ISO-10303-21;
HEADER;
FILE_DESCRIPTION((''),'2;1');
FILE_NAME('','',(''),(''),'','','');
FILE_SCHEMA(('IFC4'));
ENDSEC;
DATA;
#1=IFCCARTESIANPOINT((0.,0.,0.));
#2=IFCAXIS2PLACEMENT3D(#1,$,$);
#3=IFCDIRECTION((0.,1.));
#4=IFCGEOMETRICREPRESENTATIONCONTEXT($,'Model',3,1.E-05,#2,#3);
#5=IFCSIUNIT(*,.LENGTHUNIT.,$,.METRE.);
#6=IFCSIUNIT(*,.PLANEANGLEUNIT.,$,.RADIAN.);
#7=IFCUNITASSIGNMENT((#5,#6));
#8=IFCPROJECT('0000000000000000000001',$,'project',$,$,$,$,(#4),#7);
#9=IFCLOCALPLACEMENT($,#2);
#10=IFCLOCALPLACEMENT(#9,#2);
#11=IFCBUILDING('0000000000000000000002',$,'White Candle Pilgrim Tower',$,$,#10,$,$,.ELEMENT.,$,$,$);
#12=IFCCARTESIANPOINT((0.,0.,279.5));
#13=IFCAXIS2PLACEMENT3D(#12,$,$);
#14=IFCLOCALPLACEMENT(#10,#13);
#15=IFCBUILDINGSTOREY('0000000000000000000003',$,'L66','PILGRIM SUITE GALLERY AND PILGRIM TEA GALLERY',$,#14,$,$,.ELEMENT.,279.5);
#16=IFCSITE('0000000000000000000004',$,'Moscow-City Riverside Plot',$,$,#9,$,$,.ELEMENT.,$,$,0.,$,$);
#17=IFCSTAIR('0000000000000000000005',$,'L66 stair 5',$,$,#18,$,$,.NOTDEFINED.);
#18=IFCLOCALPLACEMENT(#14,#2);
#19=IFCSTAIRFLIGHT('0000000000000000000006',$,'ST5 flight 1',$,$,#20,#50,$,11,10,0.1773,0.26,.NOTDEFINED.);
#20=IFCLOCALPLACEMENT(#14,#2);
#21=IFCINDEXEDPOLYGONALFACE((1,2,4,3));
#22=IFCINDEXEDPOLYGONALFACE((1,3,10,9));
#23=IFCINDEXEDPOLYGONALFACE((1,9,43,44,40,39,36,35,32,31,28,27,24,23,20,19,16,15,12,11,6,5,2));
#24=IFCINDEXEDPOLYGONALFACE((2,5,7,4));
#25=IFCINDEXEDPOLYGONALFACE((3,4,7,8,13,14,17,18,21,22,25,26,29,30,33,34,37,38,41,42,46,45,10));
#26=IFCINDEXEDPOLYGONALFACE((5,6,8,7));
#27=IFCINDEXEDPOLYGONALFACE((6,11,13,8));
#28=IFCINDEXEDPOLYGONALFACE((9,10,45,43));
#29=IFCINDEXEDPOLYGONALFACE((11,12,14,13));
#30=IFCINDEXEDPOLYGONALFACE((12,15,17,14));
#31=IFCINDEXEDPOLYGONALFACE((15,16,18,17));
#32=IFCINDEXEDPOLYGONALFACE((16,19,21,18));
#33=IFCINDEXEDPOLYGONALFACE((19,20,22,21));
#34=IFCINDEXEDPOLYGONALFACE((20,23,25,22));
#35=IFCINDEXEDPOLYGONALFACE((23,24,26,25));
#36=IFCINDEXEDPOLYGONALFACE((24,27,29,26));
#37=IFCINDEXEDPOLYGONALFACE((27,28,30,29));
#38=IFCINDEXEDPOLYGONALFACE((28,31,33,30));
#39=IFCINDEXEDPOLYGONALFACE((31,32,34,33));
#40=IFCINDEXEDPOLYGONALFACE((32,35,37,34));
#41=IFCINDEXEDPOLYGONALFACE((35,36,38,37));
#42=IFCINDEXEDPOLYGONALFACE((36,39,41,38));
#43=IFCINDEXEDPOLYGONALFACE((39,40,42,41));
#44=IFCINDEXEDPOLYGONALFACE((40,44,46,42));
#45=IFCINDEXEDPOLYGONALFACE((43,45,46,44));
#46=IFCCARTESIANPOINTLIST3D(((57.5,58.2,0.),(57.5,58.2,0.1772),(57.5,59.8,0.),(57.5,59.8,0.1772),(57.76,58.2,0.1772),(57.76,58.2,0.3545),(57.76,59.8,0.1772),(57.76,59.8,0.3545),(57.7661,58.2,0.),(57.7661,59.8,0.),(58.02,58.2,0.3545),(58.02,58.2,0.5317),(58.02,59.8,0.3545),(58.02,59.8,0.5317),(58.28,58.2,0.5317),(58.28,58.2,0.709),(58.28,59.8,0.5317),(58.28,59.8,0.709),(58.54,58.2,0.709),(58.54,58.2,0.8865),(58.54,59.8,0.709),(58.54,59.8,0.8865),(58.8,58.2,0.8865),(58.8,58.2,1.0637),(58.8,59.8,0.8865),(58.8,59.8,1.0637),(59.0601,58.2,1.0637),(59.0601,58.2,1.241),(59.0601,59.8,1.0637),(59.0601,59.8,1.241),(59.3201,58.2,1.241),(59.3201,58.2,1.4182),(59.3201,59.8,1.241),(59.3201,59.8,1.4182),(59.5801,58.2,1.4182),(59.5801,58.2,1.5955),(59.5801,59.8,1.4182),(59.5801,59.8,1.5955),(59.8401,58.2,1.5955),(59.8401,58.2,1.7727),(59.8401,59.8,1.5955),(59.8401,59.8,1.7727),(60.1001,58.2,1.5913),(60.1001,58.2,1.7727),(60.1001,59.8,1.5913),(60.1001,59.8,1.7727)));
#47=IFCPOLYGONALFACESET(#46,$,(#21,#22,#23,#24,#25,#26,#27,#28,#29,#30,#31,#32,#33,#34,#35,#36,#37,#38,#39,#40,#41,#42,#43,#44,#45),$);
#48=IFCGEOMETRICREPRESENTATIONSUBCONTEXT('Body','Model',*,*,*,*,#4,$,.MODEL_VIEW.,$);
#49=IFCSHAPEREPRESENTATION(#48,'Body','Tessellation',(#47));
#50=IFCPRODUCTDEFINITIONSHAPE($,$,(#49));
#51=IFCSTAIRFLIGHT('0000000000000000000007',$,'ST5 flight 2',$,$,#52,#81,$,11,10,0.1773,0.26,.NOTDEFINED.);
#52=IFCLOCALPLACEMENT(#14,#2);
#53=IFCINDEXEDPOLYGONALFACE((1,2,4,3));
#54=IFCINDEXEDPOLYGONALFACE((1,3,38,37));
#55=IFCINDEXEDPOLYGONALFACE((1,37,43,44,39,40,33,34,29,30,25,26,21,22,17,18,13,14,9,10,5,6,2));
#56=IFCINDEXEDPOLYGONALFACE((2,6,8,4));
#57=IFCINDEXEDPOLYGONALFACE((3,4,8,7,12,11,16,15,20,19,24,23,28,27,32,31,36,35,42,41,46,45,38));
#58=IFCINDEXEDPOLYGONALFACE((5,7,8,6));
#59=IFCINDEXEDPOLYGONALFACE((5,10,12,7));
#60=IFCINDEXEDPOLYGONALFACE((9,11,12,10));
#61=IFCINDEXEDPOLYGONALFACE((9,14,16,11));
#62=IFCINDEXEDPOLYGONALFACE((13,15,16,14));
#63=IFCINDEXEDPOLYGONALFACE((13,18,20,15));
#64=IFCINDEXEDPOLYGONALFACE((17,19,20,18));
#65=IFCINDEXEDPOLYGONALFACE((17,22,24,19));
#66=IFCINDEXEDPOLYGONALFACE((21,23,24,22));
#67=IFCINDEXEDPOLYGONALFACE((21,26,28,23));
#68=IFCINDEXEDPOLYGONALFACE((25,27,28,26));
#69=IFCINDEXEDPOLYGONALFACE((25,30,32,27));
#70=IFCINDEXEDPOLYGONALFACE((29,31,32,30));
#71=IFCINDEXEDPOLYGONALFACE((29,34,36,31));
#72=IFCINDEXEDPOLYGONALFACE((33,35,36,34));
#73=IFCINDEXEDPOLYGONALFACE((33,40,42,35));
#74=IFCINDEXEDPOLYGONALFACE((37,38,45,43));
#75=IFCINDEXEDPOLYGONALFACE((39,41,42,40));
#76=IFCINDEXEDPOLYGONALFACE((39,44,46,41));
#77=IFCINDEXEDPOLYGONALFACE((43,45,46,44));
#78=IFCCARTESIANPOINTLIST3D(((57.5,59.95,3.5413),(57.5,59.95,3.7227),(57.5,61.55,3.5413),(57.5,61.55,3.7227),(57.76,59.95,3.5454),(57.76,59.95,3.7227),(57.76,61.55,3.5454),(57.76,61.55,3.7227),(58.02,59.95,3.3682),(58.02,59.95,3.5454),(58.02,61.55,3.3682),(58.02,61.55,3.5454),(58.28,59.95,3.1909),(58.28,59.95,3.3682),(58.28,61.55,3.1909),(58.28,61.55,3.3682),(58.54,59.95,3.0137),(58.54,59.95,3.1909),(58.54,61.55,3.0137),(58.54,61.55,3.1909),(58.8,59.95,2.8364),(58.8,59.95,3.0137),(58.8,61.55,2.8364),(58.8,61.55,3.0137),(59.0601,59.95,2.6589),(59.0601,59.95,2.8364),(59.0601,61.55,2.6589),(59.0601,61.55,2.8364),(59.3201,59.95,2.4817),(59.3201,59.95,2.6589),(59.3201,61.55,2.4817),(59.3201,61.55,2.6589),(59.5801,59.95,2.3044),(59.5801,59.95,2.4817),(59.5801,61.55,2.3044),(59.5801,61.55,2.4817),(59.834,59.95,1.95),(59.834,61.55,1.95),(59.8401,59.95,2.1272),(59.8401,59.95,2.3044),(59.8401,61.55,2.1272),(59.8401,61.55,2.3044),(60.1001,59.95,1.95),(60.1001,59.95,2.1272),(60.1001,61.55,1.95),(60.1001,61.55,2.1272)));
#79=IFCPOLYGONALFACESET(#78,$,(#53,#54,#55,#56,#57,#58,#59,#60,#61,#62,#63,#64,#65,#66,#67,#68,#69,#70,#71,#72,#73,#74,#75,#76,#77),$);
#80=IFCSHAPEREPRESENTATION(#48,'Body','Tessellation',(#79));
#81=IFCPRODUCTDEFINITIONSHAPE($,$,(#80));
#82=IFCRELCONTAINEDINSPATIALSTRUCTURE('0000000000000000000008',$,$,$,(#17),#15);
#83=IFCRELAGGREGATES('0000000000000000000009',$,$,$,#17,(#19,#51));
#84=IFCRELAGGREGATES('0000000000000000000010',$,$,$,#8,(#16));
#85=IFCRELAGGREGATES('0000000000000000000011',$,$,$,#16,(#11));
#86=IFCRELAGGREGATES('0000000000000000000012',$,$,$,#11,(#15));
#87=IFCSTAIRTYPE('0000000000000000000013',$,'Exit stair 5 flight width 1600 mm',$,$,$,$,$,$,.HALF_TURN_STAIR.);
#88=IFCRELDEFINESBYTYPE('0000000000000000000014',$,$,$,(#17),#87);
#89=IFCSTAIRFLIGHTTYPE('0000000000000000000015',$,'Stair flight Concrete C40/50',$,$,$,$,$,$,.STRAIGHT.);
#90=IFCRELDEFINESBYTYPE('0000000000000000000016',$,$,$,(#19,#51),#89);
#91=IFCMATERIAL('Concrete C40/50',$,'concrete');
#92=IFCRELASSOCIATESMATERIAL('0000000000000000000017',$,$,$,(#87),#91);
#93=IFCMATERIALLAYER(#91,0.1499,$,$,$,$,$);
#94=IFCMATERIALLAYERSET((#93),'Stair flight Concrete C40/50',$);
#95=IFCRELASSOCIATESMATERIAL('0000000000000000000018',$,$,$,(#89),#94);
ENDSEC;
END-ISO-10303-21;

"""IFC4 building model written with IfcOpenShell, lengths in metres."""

from ifc_helpers import new_model, si_unit, direction, frame, origin, place, context, subcontext, project, spatial, polyline, outline, extrude, material, layer, layer_set, type_object, element, aggregate, save


model = new_model("IFC4")

# Units and contexts
model_context = context("Model", 3, precision=1e-05, world=origin(), true_north=direction((0.0, 1.0)))
body_context = subcontext(model_context, "Body", "Model", "MODEL_VIEW")
ifc_project = project(units=[si_unit("LENGTHUNIT", "METRE"), si_unit("PLANEANGLEUNIT", "RADIAN")], contexts=[model_context])

# Site, building, storey
site_placement = place(None, origin())
site = spatial("IfcSite", under=ifc_project, at=site_placement, Name="Moscow-City Riverside Plot", CompositionType="ELEMENT", RefElevation=0.0)
building_placement = place(site_placement, origin())
building = spatial("IfcBuilding", under=site, at=building_placement, Name="White Candle Pilgrim Tower", CompositionType="ELEMENT")
storey_placement = place(building_placement, frame((0.0, 0.0, 279.5)))
storey = spatial("IfcBuildingStorey", under=building, at=storey_placement, Name="L66", Description="PILGRIM SUITE GALLERY AND PILGRIM TEA GALLERY", CompositionType="ELEMENT", Elevation=279.5)

# Stair, stair flights
ifc_material_1 = material(Name="Concrete C40/50", Category="concrete")
stair_type = type_object("IfcStairType", Name="Exit stair 5 flight width 1600 mm", PredefinedType="HALF_TURN_STAIR", material=ifc_material_1)
stair_placement = place(storey_placement, origin())
stair = element("IfcStair", 1, at=stair_placement, inside=storey, type_object=stair_type, Name="L66 stair 5", PredefinedType="NOTDEFINED")
ifc_layer_1 = layer(ifc_material_1, 0.1499)
ifc_layer_set_1 = layer_set([ifc_layer_1], Name="Stair flight Concrete C40/50")
stair_flight_type = type_object("IfcStairFlightType", Name="Stair flight Concrete C40/50", PredefinedType="STRAIGHT", material=ifc_layer_set_1)
stair_flight_1_placement = place(storey_placement, frame((57.5, 59.0, 0.0), z_axis=(0.0, 0.0, 1.0), x_axis=(1.0, 0.0, 0.0)))
stair_flight_1 = element("IfcStairFlight", 2, at=stair_flight_1_placement, type_object=stair_flight_type, Name="ST5 flight 1", NumberOfRisers=11, NumberOfTreads=10, PredefinedType="NOTDEFINED", RiserHeight=0.1773, TreadLength=0.26, context=body_context, shape_type="SweptSolid", body=[
    extrude(outline(polyline([(0.0, 0.0), (0.0, 0.1772), (0.26, 0.1772), (0.26, 0.3545), (0.52, 0.3545), (0.52, 0.5317), (0.78, 0.5317), (0.78, 0.709), (1.04, 0.709), (1.04, 0.8865), (1.3, 0.8865), (1.3, 1.0637), (1.5601, 1.0637), (1.5601, 1.241), (1.8201, 1.241), (1.8201, 1.4182), (2.0801, 1.4182), (2.0801, 1.5955), (2.3401, 1.5955), (2.3401, 1.7727), (2.6001, 1.7727), (2.6001, 1.95), (2.6001, 1.5913), (0.2661, 0.0), (0.0, 0.0)])), frame((0.0, 0.8, 0.0), z_axis=(0.0, -1.0, 0.0), x_axis=(1.0, 0.0, 0.0)), (0.0, 0.0, 1.0), 1.6001),
])
stair_flight_2_placement = place(storey_placement, frame((60.1001, 60.75, 1.95), z_axis=(0.0, 0.0, 1.0), x_axis=(-1.0, 0.0, 0.0)))
stair_flight_2 = element("IfcStairFlight", 3, at=stair_flight_2_placement, type_object=stair_flight_type, Name="ST5 flight 2", NumberOfRisers=11, NumberOfTreads=10, PredefinedType="NOTDEFINED", RiserHeight=0.1773, TreadLength=0.26, context=body_context, shape_type="SweptSolid", body=[
    extrude(outline(polyline([(0.0, 0.0), (0.0, 0.1772), (0.26, 0.1772), (0.26, 0.3545), (0.52, 0.3545), (0.52, 0.5317), (0.78, 0.5317), (0.78, 0.709), (1.04, 0.709), (1.04, 0.8865), (1.3, 0.8865), (1.3, 1.0637), (1.5601, 1.0637), (1.5601, 1.241), (1.8201, 1.241), (1.8201, 1.4182), (2.0801, 1.4182), (2.0801, 1.5955), (2.3401, 1.5955), (2.3401, 1.7727), (2.6001, 1.7727), (2.6001, 1.95), (2.6001, 1.5913), (0.2661, 0.0), (0.0, 0.0)])), frame((0.0, 0.8, 0.0), z_axis=(0.0, -1.0, 0.0), x_axis=(1.0, 0.0, 0.0)), (0.0, 0.0, 1.0), 1.6001),
])
aggregate(stair, [stair_flight_1, stair_flight_2])

save(model, "model.ifc")
